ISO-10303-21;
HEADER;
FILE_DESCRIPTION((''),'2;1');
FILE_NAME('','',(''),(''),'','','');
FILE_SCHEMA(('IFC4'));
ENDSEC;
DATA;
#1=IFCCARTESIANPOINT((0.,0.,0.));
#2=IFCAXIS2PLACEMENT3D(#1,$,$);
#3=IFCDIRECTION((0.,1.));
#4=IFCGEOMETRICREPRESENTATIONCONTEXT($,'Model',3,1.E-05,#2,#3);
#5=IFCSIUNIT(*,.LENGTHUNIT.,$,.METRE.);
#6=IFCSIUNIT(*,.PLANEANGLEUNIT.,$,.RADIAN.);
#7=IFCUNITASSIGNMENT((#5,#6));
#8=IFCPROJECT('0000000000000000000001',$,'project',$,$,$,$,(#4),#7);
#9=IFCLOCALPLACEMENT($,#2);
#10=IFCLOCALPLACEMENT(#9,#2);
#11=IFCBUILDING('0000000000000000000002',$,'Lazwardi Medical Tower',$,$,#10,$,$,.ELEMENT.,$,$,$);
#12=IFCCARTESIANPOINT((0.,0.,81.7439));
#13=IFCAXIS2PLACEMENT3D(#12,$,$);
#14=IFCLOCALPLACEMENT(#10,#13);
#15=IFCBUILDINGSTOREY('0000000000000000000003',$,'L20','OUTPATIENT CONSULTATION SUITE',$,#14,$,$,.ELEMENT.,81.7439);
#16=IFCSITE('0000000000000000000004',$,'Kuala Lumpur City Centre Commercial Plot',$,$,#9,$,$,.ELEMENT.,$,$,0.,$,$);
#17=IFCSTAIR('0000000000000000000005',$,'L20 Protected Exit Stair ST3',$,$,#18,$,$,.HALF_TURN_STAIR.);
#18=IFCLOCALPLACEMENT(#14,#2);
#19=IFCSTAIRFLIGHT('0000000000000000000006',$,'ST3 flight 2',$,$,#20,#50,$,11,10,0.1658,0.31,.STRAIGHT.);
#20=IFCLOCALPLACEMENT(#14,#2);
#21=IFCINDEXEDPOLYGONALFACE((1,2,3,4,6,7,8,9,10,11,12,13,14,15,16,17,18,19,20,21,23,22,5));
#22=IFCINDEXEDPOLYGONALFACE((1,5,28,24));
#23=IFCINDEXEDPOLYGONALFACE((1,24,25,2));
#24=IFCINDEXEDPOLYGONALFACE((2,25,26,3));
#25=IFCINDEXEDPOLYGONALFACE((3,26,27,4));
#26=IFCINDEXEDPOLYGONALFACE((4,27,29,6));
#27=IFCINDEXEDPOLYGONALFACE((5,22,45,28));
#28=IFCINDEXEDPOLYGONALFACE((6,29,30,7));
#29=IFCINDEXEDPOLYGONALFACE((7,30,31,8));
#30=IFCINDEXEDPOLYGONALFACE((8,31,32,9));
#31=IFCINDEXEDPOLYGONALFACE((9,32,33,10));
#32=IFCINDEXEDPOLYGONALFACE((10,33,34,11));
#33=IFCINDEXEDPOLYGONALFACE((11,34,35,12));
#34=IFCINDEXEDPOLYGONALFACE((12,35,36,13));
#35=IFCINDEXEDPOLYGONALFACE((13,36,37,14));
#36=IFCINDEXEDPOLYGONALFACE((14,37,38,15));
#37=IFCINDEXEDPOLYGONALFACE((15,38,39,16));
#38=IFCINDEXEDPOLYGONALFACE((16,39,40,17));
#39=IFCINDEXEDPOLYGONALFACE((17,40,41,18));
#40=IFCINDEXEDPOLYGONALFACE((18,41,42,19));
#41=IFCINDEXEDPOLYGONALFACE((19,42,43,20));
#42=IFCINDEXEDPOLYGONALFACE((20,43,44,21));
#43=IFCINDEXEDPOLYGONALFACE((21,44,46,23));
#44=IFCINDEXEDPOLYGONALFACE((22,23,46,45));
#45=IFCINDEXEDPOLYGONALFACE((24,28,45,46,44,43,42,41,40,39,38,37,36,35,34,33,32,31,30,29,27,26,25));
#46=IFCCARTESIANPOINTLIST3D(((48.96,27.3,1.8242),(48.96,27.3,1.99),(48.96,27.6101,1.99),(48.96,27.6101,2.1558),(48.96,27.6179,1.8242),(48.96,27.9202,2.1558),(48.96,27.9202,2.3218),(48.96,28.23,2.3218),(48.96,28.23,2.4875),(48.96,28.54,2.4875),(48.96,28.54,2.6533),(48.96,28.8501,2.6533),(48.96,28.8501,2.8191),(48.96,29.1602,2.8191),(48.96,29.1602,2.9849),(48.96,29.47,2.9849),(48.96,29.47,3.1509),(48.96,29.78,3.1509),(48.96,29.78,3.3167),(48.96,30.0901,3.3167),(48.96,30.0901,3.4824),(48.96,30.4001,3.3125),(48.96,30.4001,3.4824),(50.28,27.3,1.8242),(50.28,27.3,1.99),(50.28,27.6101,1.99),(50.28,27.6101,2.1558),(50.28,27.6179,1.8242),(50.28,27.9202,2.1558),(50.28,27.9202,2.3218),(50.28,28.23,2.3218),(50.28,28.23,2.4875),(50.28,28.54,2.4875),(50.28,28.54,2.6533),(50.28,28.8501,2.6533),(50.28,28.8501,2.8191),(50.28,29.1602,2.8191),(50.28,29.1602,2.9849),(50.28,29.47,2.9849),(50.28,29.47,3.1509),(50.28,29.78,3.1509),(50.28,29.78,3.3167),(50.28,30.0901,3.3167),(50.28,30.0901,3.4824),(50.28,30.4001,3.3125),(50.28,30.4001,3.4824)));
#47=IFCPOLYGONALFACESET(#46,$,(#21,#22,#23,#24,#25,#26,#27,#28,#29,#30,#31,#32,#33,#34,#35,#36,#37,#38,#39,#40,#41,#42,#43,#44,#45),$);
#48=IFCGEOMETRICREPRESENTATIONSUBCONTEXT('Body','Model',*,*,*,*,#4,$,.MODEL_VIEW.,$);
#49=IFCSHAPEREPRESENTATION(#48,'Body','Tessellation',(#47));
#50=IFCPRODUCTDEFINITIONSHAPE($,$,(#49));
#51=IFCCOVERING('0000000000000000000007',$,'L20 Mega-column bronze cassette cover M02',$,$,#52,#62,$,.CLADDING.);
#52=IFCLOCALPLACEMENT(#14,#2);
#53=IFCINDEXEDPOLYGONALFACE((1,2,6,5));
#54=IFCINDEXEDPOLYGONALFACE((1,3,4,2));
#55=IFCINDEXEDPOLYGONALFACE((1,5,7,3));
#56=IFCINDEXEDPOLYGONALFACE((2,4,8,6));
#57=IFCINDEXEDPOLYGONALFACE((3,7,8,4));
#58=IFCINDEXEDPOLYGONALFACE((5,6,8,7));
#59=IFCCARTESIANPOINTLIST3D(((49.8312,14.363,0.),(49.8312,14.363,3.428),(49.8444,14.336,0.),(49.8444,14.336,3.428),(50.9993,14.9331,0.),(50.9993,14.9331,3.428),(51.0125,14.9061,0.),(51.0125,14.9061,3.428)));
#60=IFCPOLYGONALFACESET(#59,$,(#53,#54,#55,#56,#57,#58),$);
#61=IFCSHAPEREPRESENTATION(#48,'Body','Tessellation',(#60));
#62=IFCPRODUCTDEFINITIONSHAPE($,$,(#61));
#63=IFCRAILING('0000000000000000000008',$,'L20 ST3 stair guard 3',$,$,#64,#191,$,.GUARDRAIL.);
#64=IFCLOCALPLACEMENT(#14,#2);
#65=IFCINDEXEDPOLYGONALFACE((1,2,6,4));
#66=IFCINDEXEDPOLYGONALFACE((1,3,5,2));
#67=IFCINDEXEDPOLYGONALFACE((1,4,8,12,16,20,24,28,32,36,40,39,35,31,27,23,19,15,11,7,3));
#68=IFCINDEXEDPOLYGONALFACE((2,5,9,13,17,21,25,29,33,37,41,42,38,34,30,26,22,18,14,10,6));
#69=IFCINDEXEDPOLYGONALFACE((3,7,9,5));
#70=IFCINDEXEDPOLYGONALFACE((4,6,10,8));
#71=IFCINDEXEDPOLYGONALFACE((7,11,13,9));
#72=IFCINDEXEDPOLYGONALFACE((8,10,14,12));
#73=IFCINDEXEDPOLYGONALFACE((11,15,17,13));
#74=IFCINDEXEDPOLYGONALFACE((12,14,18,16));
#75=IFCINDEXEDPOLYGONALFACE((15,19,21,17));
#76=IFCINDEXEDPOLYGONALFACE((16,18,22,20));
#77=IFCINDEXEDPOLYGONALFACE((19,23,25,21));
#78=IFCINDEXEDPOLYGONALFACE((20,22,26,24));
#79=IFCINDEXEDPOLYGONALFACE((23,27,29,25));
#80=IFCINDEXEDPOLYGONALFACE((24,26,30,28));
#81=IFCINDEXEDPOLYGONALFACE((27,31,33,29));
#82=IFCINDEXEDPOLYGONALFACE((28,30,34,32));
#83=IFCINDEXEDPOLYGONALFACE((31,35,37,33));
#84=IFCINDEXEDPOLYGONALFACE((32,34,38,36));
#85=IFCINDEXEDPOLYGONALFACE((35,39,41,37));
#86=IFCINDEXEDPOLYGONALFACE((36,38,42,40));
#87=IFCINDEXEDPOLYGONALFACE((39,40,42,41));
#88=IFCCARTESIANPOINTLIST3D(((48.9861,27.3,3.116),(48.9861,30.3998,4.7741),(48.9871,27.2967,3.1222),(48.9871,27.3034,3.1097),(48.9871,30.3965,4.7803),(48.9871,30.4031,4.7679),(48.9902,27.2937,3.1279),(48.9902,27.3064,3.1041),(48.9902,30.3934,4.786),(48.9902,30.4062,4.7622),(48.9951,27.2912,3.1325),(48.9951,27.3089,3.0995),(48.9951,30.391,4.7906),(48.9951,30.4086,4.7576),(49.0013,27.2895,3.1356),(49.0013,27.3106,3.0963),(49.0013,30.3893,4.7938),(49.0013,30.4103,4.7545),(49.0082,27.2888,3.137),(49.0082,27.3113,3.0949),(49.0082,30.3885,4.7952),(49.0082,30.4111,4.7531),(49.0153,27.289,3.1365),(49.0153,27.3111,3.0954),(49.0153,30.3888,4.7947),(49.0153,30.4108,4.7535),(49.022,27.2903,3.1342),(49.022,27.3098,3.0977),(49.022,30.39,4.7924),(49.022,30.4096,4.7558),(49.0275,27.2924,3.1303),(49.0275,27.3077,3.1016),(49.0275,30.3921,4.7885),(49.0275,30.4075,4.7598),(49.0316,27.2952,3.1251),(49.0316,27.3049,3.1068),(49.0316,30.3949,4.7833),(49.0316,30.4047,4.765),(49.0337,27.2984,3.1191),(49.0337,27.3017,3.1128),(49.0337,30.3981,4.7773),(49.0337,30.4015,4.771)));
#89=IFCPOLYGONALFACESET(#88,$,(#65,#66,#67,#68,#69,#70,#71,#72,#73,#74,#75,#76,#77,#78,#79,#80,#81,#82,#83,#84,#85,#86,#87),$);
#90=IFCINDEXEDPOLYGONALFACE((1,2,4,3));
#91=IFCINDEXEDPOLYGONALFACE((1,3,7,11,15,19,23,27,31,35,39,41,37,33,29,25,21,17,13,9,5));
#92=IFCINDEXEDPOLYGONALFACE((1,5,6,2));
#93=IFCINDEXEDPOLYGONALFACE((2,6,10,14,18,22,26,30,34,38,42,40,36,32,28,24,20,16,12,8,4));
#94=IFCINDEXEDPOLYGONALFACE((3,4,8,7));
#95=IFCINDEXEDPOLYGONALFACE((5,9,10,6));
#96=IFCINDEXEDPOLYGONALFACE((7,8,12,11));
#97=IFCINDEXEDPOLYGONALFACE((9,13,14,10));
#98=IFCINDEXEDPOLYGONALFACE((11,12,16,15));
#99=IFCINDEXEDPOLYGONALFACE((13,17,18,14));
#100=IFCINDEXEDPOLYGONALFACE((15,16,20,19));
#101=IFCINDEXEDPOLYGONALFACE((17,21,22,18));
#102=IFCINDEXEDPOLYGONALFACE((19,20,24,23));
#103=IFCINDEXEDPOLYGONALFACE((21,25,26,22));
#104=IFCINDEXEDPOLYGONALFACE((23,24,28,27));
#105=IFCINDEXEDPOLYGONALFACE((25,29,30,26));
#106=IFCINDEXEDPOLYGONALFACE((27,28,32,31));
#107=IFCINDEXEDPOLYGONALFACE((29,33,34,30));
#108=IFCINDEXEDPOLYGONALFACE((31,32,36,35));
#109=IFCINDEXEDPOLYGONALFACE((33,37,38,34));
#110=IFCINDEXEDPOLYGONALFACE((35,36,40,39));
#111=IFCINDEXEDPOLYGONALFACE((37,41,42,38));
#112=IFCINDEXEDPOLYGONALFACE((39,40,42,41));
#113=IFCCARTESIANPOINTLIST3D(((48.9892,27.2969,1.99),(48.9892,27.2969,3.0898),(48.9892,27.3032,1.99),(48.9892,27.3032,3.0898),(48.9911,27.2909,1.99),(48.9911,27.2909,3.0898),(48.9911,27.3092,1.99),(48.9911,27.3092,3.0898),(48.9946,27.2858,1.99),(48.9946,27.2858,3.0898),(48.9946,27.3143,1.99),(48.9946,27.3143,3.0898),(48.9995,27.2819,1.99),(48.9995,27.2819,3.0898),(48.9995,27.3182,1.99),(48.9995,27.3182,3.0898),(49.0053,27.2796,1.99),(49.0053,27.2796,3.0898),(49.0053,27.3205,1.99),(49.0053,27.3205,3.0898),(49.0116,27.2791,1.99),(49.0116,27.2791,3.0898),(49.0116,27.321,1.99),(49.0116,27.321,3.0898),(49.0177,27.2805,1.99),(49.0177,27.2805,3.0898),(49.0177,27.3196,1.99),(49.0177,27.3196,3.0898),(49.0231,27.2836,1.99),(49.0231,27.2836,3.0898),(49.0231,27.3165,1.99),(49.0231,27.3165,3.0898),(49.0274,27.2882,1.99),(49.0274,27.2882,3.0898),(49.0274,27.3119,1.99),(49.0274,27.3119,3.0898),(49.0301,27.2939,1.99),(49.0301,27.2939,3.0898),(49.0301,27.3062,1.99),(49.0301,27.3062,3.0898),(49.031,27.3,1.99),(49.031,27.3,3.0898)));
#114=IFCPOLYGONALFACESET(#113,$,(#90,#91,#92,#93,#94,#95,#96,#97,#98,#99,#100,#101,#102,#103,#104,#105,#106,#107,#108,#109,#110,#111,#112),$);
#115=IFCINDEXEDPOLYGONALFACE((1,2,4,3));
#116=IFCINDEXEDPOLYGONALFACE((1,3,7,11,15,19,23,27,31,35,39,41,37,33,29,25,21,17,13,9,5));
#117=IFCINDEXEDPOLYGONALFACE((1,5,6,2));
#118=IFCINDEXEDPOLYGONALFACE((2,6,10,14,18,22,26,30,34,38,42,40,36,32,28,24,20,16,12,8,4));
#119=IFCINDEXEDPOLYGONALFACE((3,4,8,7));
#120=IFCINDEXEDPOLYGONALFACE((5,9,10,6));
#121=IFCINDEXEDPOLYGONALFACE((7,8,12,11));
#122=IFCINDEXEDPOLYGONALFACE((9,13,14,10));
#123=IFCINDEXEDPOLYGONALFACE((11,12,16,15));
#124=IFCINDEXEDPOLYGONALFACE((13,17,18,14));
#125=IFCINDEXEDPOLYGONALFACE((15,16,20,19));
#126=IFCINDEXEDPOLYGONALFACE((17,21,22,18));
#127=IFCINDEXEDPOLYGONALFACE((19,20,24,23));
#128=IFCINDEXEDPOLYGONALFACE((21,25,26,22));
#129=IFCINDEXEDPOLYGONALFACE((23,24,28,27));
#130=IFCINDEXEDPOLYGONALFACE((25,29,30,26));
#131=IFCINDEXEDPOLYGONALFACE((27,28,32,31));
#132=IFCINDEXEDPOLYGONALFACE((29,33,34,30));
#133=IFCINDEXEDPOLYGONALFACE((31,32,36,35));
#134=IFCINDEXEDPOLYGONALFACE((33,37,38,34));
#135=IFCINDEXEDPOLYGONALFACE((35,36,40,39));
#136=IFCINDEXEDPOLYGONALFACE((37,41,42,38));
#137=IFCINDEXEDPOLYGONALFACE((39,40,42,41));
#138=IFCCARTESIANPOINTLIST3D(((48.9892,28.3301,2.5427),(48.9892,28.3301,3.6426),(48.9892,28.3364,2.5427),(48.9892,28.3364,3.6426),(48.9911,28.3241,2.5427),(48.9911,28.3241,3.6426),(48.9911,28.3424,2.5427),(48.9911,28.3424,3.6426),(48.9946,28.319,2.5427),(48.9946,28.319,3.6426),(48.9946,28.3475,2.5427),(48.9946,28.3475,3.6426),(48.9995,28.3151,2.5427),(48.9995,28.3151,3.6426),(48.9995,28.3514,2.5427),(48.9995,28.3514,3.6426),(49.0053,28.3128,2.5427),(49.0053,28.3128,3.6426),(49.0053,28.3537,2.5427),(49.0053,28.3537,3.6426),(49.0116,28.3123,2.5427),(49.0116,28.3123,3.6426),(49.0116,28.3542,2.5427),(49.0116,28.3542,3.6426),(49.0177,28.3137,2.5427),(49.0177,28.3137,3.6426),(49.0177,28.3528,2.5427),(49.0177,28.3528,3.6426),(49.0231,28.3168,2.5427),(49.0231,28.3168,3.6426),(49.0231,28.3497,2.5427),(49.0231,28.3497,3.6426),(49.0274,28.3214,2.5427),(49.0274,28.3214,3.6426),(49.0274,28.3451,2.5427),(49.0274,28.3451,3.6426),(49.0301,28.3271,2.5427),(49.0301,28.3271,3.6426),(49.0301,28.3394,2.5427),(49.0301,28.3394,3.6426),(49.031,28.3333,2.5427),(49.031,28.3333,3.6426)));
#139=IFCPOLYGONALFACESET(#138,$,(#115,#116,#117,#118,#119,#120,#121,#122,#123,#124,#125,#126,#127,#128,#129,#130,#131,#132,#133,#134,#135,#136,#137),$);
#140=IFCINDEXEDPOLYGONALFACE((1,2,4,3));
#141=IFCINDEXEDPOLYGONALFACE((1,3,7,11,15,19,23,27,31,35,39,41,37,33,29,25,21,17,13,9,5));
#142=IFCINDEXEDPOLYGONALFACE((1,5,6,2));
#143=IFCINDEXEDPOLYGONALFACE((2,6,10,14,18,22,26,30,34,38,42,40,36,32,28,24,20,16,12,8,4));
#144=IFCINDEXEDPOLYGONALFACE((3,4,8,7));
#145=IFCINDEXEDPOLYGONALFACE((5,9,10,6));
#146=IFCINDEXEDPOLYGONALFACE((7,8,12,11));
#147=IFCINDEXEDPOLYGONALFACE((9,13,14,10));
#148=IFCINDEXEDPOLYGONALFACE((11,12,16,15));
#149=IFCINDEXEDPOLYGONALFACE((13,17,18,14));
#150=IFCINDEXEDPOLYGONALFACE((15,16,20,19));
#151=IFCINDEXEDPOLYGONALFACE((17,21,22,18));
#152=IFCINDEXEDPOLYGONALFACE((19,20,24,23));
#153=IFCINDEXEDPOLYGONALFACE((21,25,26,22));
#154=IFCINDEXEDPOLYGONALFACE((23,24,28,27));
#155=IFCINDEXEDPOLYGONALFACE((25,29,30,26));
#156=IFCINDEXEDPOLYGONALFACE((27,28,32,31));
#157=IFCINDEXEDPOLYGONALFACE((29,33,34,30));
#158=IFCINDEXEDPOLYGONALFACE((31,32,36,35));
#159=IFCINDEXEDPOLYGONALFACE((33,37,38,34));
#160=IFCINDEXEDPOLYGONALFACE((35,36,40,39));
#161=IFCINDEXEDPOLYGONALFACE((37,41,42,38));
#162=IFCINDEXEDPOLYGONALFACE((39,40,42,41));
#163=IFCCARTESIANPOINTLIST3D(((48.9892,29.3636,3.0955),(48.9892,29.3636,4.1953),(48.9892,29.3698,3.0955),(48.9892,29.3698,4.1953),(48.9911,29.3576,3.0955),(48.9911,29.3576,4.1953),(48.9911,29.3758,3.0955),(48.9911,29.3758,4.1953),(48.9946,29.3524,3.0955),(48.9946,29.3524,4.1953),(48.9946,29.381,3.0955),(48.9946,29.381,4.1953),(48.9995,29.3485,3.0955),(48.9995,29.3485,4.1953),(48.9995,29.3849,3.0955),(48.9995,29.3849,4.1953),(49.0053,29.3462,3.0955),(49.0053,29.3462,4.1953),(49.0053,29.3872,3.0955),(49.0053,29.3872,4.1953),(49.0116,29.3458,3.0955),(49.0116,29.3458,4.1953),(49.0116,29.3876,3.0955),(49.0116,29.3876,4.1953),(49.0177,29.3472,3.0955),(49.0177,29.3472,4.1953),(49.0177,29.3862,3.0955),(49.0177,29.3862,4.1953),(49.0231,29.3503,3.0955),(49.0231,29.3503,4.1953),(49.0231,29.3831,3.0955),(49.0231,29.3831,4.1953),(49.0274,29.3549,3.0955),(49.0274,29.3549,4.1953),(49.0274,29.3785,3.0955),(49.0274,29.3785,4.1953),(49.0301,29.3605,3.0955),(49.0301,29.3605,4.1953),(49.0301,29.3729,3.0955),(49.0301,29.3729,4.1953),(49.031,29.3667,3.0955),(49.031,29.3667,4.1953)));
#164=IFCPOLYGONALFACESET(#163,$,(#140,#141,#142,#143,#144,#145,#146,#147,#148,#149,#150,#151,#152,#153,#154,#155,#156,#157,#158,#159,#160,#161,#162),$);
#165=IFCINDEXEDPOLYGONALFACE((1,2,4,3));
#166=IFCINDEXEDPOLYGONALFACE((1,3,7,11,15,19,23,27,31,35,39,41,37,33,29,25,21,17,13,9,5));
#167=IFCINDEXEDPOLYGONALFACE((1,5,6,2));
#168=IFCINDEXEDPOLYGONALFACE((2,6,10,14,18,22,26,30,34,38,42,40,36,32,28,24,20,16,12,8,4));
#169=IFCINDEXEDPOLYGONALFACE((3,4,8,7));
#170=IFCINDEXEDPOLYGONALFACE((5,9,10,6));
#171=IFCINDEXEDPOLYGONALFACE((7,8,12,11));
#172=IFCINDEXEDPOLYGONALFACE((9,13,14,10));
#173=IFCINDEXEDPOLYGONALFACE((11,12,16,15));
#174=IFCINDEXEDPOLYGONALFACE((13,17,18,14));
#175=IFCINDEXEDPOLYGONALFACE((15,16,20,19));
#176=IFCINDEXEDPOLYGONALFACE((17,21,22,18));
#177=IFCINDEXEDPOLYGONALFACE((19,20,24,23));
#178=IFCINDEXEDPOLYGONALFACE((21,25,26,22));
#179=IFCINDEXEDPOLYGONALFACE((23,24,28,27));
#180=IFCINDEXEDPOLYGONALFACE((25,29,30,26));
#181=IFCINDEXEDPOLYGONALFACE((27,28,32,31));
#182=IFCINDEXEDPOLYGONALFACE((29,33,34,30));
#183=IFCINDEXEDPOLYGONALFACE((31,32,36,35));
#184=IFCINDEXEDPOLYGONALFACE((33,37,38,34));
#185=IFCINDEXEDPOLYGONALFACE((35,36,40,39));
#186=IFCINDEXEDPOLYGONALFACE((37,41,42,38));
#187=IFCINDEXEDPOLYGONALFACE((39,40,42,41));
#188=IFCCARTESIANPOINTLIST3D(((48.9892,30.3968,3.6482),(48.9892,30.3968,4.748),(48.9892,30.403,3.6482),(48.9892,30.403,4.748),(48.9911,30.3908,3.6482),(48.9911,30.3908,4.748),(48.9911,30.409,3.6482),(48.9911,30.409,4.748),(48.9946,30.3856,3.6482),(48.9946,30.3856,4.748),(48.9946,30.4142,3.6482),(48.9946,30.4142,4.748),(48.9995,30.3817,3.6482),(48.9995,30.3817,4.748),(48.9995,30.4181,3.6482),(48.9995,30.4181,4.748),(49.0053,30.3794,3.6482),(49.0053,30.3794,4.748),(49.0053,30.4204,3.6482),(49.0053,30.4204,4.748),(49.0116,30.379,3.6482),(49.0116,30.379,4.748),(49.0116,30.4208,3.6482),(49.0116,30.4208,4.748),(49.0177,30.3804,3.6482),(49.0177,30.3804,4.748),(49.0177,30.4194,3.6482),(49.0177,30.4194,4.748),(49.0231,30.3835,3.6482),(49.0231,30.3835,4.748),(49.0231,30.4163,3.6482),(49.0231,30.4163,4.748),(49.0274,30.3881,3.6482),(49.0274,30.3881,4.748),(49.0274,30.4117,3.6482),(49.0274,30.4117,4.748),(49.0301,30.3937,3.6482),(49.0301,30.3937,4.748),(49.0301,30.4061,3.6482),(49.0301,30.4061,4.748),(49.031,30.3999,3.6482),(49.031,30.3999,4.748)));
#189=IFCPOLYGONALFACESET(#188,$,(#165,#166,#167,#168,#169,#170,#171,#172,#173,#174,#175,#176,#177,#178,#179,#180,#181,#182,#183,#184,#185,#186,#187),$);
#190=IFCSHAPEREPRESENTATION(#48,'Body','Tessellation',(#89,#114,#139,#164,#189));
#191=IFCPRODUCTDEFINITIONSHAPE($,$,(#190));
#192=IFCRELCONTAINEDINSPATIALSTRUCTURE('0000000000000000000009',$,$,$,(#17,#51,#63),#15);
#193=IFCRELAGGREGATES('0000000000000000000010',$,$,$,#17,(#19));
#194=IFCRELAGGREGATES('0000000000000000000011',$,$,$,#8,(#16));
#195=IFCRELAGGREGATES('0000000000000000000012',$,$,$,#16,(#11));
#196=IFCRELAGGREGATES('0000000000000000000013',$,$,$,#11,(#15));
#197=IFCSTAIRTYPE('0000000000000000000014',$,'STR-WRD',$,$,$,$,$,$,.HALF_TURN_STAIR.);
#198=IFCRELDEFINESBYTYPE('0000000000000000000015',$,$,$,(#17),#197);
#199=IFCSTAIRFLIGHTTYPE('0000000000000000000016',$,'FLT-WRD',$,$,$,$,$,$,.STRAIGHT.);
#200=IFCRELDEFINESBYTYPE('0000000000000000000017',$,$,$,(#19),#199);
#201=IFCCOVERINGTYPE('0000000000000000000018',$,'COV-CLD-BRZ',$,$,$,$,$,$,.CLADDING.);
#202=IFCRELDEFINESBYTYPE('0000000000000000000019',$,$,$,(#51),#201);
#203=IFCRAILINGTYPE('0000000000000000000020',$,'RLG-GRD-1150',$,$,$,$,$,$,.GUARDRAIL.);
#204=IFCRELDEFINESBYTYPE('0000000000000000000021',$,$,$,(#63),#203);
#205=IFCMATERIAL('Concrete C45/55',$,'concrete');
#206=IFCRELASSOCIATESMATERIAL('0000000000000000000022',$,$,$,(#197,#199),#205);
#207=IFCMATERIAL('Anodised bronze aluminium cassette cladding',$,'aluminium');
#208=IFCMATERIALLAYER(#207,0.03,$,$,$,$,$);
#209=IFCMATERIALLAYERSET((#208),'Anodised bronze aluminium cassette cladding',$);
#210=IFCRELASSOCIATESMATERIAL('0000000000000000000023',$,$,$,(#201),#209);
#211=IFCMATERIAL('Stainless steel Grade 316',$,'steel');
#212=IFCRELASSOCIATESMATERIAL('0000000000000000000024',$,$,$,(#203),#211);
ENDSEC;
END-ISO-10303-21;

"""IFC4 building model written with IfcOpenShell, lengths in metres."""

from ifc_helpers import new_model, si_unit, direction, frame, origin, origin_2d, place, context, subcontext, project, spatial, polyline, rectangle, circle, outline, extrude, material, layer, layer_set, type_object, element, aggregate, save


model = new_model("IFC4")

# Units and contexts
model_context = context("Model", 3, precision=1e-05, world=origin(), true_north=direction((0.0, 1.0)))
body_context = subcontext(model_context, "Body", "Model", "MODEL_VIEW")
ifc_project = project(units=[si_unit("LENGTHUNIT", "METRE"), si_unit("PLANEANGLEUNIT", "RADIAN")], contexts=[model_context])

# Site, building, storey
site_placement = place(None, origin())
site = spatial("IfcSite", under=ifc_project, at=site_placement, Name="Kuala Lumpur City Centre Commercial Plot", CompositionType="ELEMENT", RefElevation=0.0)
building_placement = place(site_placement, origin())
building = spatial("IfcBuilding", under=site, at=building_placement, Name="Lazwardi Medical Tower", CompositionType="ELEMENT")
storey_placement = place(building_placement, frame((0.0, 0.0, 81.7439)))
storey = spatial("IfcBuildingStorey", under=building, at=storey_placement, Name="L20", Description="OUTPATIENT CONSULTATION SUITE", CompositionType="ELEMENT", Elevation=81.7439)

# Stair, stair flight
ifc_material_1 = material(Name="Concrete C45/55", Category="concrete")
stair_type = type_object("IfcStairType", Name="STR-WRD", PredefinedType="HALF_TURN_STAIR", material=ifc_material_1)
stair_placement = place(storey_placement, origin())
stair = element("IfcStair", 1, at=stair_placement, inside=storey, type_object=stair_type, Name="L20 Protected Exit Stair ST3", PredefinedType="HALF_TURN_STAIR")
stair_flight_type = type_object("IfcStairFlightType", Name="FLT-WRD", PredefinedType="STRAIGHT", material=ifc_material_1)
stair_flight_placement = place(storey_placement, frame((49.6201, 27.3, 1.8242), z_axis=(0.0, 0.0, 1.0), x_axis=(0.0, 1.0, 0.0)))
stair_flight = element("IfcStairFlight", 2, at=stair_flight_placement, type_object=stair_flight_type, Name="ST3 flight 2", NumberOfRisers=11, NumberOfTreads=10, PredefinedType="STRAIGHT", RiserHeight=0.1658, TreadLength=0.31, context=body_context, shape_type="SweptSolid", body=[
    extrude(outline(polyline([(0.0, 0.0), (0.0, 0.1658), (0.3101, 0.1658), (0.3101, 0.3315), (0.6201, 0.3315), (0.6201, 0.4976), (0.9299, 0.4976), (0.9299, 0.6633), (1.24, 0.6633), (1.24, 0.8291), (1.55, 0.8291), (1.55, 0.9949), (1.8601, 0.9949), (1.8601, 1.1606), (2.1699, 1.1606), (2.1699, 1.3267), (2.48, 1.3267), (2.48, 1.4924), (2.79, 1.4924), (2.79, 1.6582), (3.1001, 1.6582), (3.1001, 1.824), (3.1001, 1.4883), (0.3179, 0.0), (0.0, 0.0)])), frame((0.0, 0.6602, 0.0), z_axis=(0.0, -1.0, 0.0), x_axis=(1.0, 0.0, 0.0)), (0.0, 0.0, 1.0), 1.3201),
])
aggregate(stair, [stair_flight])

# Covering
ifc_material_2 = material(Name="Anodised bronze aluminium cassette cladding", Category="aluminium")
ifc_layer_1 = layer(ifc_material_2, 0.03)
ifc_layer_set_1 = layer_set([ifc_layer_1], Name="Anodised bronze aluminium cassette cladding")
covering_type = type_object("IfcCoveringType", Name="COV-CLD-BRZ", PredefinedType="CLADDING", material=ifc_layer_set_1)
covering_placement = place(storey_placement, frame((50.4219, 14.6345, 0.0), z_axis=(0.0, 0.0, 1.0), x_axis=(0.898679, 0.438606, 0.0)))
element("IfcCovering", 3, at=covering_placement, inside=storey, type_object=covering_type, Name="L20 Mega-column bronze cassette cover M02", PredefinedType="CLADDING", context=body_context, shape_type="SweptSolid", body=[
    extrude(rectangle(XDim=1.2998, YDim=0.03, at=origin_2d()), origin(), (0.0, 0.0, 1.0), 3.428),
])

# Railing
ifc_material_3 = material(Name="Stainless steel Grade 316", Category="steel")
railing_type_1 = type_object("IfcRailingType", Name="RLG-GRD-1150", PredefinedType="GUARDRAIL", material=ifc_material_3)
railing_1_placement = place(storey_placement, frame((49.01, 27.3, 1.99)))
element("IfcRailing", 4, at=railing_1_placement, inside=storey, type_object=railing_type_1, Name="L20 ST3 stair guard 3", PredefinedType="GUARDRAIL", context=body_context, shape_type="SweptSolid", body=[
    extrude(circle(Radius=0.0239, at=origin_2d()), frame((0.0, 0.0, 1.126), z_axis=(0.0, 0.881768, 0.471684), x_axis=(-1.0, 0.0, 0.0)), (0.0, 0.0, 1.0), 3.5154),
    extrude(circle(Radius=0.021, at=origin_2d()), origin(), (0.0, 0.0, 1.0), 1.0999),
    extrude(circle(Radius=0.021, at=origin_2d()), frame((0.0, 1.0332, 0.5527)), (0.0, 0.0, 1.0), 1.0999),
    extrude(circle(Radius=0.021, at=origin_2d()), frame((0.0, 2.0667, 1.1055)), (0.0, 0.0, 1.0), 1.0999),
    extrude(circle(Radius=0.021, at=origin_2d()), frame((0.0, 3.0999, 1.6582)), (0.0, 0.0, 1.0), 1.0999),
])

save(model, "model.ifc")
